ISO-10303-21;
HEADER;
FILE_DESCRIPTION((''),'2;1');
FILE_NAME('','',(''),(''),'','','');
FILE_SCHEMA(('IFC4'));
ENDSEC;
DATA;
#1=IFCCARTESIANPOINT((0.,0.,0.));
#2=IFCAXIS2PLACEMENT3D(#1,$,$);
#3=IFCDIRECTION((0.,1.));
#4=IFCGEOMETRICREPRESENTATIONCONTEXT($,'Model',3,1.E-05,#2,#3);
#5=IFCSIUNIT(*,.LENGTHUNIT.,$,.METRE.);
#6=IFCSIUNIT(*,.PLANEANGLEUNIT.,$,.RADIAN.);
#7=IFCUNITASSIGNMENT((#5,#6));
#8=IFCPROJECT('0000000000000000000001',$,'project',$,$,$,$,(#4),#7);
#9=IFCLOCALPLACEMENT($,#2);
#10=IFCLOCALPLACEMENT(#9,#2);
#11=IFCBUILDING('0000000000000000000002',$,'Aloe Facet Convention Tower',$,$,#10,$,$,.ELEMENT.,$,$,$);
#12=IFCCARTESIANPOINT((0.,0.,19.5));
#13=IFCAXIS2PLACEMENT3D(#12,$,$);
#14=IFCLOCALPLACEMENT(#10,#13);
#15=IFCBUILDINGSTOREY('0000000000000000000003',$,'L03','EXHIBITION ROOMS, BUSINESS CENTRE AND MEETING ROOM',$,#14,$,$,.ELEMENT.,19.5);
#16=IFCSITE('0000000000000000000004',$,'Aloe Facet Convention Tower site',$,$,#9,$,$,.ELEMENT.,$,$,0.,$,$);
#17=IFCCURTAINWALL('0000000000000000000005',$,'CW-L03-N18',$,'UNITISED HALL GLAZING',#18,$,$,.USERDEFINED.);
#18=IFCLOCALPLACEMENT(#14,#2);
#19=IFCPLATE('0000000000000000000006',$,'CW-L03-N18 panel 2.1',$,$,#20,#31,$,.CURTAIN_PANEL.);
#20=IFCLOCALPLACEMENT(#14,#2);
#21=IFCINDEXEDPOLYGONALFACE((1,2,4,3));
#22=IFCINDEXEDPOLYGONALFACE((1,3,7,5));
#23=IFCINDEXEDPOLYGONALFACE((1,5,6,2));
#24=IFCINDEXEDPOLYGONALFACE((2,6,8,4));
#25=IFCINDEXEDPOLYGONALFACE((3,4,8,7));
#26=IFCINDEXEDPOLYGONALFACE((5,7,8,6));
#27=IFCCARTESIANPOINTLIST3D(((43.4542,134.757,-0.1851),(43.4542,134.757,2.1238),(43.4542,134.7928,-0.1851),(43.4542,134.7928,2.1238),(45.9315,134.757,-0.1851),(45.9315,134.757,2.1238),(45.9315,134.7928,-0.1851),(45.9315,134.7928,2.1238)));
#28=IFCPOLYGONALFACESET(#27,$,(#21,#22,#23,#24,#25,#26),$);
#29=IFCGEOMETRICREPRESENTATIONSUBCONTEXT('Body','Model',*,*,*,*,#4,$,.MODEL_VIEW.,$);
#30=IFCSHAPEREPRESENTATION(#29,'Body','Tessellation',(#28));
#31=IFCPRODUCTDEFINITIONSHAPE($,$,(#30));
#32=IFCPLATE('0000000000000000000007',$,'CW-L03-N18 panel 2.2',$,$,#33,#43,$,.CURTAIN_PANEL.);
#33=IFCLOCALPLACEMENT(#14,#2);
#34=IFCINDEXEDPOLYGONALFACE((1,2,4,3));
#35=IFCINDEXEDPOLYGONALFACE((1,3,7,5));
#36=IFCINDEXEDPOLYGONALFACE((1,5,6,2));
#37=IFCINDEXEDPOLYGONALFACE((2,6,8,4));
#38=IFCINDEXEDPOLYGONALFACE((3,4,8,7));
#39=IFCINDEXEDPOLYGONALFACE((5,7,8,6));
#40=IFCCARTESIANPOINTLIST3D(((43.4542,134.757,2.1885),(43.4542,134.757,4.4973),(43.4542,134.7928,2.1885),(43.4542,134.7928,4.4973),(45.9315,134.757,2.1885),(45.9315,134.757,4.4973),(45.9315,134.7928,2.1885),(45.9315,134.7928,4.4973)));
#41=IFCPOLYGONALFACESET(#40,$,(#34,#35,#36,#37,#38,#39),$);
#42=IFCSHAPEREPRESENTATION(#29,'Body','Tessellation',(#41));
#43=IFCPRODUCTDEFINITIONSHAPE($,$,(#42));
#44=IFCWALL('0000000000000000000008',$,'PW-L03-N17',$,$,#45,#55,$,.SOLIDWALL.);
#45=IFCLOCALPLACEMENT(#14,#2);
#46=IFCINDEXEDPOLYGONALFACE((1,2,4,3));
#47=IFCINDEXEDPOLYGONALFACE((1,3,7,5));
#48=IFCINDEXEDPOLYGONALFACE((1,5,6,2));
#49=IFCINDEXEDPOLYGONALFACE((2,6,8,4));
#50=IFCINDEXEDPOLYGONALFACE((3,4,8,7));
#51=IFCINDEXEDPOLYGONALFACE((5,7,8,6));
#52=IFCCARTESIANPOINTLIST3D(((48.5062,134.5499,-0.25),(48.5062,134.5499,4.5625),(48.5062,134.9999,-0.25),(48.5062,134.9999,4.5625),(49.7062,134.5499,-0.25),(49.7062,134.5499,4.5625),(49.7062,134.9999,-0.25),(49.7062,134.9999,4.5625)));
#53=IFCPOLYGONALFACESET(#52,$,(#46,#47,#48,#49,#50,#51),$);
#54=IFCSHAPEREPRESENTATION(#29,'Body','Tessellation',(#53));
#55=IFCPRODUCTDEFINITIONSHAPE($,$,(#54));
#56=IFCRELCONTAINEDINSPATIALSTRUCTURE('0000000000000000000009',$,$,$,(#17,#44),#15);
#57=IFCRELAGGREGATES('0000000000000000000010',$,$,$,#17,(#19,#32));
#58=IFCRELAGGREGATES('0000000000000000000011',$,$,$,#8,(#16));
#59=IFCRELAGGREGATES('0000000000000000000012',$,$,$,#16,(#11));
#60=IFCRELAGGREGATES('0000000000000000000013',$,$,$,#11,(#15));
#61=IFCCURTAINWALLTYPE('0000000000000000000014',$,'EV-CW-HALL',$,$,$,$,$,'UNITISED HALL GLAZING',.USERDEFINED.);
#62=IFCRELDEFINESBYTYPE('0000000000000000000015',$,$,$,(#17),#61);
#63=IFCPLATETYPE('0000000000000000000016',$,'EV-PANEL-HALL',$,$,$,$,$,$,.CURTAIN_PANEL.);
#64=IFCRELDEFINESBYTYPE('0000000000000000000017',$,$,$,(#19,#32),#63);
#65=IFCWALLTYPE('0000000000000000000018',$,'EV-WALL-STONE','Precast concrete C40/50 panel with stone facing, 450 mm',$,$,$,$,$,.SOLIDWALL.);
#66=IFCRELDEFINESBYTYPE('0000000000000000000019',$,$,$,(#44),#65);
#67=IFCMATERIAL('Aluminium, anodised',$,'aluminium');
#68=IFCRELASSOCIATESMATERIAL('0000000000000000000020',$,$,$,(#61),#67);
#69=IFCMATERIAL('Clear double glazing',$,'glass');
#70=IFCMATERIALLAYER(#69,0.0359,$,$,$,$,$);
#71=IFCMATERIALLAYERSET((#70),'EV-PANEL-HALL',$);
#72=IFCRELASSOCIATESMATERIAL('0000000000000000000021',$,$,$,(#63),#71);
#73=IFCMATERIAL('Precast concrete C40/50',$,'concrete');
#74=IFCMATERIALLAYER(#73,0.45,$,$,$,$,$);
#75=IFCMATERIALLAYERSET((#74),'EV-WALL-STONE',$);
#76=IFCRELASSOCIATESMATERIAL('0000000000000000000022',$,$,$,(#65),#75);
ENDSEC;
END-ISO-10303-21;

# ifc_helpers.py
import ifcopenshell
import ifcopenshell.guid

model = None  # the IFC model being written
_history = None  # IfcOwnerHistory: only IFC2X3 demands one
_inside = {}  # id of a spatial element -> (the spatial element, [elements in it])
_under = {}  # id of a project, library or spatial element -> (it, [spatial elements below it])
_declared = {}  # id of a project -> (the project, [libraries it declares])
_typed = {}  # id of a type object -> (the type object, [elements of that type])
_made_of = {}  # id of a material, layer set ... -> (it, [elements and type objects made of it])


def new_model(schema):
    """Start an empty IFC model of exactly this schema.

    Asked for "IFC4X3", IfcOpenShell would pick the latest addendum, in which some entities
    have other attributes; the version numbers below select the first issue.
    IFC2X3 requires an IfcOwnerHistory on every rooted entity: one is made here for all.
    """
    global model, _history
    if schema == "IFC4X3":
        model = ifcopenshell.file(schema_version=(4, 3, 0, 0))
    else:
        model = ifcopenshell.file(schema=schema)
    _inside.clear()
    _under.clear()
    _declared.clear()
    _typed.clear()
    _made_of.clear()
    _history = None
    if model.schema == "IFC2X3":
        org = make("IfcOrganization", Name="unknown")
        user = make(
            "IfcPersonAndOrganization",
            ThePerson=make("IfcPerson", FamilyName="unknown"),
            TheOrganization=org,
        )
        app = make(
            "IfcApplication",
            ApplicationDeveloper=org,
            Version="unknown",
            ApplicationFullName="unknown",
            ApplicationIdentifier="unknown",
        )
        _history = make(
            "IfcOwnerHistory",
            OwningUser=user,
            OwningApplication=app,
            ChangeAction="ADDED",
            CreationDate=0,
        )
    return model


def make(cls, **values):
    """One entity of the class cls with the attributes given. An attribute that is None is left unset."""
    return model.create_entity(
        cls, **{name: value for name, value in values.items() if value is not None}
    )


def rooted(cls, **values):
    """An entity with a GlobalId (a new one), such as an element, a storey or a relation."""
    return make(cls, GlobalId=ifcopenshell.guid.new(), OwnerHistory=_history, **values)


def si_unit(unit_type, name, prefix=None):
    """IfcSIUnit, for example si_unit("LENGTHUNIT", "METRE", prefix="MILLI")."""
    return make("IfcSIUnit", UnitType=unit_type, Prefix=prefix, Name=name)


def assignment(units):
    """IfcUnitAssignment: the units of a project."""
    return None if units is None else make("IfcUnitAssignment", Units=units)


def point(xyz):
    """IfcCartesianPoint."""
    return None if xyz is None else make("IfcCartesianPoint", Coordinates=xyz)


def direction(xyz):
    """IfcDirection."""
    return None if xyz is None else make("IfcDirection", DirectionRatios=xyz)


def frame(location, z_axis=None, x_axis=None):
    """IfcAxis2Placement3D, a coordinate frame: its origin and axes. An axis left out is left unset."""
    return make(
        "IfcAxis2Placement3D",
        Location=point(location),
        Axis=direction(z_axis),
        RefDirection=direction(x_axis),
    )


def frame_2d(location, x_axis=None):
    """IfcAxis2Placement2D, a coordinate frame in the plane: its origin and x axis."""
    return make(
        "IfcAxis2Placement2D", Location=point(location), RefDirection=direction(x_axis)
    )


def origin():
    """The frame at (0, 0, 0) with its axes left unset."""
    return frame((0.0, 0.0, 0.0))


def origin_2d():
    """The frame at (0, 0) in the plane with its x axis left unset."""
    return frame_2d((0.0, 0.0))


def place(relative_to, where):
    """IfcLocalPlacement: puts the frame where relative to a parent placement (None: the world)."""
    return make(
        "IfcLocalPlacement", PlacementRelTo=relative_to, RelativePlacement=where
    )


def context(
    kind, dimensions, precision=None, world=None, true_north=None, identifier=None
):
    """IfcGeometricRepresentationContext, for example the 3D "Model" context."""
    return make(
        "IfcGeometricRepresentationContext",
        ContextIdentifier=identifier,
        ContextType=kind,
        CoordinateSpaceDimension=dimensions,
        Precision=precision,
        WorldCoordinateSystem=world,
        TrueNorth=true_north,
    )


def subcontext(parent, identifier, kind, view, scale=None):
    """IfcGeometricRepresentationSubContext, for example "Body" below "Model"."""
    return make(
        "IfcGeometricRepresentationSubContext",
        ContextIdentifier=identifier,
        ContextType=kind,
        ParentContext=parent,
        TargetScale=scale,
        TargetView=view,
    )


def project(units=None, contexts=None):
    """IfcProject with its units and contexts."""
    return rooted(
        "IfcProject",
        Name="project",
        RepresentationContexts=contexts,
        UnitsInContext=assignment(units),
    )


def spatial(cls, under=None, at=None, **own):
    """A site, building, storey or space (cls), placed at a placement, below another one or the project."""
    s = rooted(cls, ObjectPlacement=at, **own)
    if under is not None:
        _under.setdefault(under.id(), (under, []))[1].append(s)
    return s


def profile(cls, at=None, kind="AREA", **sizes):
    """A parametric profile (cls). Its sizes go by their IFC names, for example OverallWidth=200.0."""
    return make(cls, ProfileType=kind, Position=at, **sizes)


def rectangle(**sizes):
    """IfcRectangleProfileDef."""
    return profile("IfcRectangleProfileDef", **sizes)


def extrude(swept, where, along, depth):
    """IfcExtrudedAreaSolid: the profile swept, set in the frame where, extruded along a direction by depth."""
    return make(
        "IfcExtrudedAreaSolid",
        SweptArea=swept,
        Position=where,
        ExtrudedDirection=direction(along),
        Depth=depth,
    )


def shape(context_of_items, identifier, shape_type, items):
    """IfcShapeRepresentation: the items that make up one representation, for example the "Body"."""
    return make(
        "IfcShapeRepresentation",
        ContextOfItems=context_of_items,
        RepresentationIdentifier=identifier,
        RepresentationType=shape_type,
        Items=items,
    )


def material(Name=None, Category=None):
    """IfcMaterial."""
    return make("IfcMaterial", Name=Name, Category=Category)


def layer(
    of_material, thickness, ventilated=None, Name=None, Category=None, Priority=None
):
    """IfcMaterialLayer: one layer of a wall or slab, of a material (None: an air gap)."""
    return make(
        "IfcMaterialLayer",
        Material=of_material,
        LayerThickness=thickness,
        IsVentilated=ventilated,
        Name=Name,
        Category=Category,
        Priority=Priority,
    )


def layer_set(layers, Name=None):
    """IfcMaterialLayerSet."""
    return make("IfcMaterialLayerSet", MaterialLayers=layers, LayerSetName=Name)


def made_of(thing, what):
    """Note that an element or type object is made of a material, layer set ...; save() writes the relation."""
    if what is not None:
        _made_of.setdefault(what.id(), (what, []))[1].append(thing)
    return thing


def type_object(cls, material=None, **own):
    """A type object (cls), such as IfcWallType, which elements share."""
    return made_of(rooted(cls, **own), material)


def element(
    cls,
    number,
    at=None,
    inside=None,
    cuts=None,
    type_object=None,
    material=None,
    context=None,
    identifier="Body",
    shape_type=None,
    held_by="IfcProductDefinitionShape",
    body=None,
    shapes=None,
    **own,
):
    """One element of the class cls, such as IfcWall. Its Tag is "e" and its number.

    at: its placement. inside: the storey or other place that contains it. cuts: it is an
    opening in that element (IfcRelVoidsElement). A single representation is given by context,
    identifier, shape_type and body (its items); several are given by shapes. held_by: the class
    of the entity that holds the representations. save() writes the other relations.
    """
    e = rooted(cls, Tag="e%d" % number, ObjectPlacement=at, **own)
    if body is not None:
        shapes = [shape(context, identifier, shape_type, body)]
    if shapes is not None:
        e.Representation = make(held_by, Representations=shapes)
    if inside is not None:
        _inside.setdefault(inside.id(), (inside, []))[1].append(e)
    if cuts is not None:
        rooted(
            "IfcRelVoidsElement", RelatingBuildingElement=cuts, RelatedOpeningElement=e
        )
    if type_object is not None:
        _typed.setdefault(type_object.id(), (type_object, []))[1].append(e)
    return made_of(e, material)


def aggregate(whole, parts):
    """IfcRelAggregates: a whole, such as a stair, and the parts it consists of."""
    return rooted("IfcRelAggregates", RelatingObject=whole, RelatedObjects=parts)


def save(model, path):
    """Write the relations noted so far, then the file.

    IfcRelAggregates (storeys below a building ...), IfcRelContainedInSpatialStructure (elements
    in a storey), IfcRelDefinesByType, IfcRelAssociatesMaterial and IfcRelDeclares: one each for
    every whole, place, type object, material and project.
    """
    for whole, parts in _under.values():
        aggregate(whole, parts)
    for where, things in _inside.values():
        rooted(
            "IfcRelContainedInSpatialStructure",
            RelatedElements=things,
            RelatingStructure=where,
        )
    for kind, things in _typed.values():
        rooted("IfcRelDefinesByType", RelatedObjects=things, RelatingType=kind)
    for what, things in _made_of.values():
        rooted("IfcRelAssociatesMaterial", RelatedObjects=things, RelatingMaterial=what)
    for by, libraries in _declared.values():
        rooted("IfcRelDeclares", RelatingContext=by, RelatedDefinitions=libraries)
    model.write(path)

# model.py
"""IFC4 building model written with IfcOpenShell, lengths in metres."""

from ifc_helpers import new_model, si_unit, direction, frame, frame_2d, origin, origin_2d, place, context, subcontext, project, spatial, rectangle, extrude, material, layer, layer_set, type_object, element, aggregate, save


model = new_model("IFC4")

# Units and contexts
model_context = context("Model", 3, precision=1e-05, world=origin(), true_north=direction((0.0, 1.0)))
body_context = subcontext(model_context, "Body", "Model", "MODEL_VIEW")
ifc_project = project(units=[si_unit("LENGTHUNIT", "METRE"), si_unit("PLANEANGLEUNIT", "RADIAN")], contexts=[model_context])

# Site, building, storey
site_placement = place(None, origin())
site = spatial("IfcSite", under=ifc_project, at=site_placement, Name="Aloe Facet Convention Tower site", CompositionType="ELEMENT", RefElevation=0.0)
building_placement = place(site_placement, origin())
building = spatial("IfcBuilding", under=site, at=building_placement, Name="Aloe Facet Convention Tower", CompositionType="ELEMENT")
storey_placement = place(building_placement, frame((0.0, 0.0, 19.5)))
storey = spatial("IfcBuildingStorey", under=building, at=storey_placement, Name="L03", Description="EXHIBITION ROOMS, BUSINESS CENTRE AND MEETING ROOM", CompositionType="ELEMENT", Elevation=19.5)

# Shared definitions
ifc_material_1 = material(Name="Aluminium, anodised", Category="aluminium")
curtain_wall_type = type_object("IfcCurtainWallType", Name="EV-CW-HALL", ElementType="UNITISED HALL GLAZING", PredefinedType="USERDEFINED", material=ifc_material_1)

# Curtain wall
curtain_wall_1_placement = place(storey_placement, origin())
curtain_wall_1 = element("IfcCurtainWall", 1, at=curtain_wall_1_placement, inside=storey, type_object=curtain_wall_type, Name="CW-L03-N18", ObjectType="UNITISED HALL GLAZING", PredefinedType="USERDEFINED")

# Plates
ifc_material_2 = material(Name="Clear double glazing", Category="glass")
ifc_layer_1 = layer(ifc_material_2, 0.0359)
ifc_layer_set_1 = layer_set([ifc_layer_1], Name="EV-PANEL-HALL")
plate_type = type_object("IfcPlateType", Name="EV-PANEL-HALL", PredefinedType="CURTAIN_PANEL", material=ifc_layer_set_1)
plate_1_placement = place(storey_placement, frame((44.6929, 134.7749, -0.1851), z_axis=(0.0, 0.0, 1.0), x_axis=(-1.0, 0.0, 0.0)))
plate_1 = element("IfcPlate", 2, at=plate_1_placement, type_object=plate_type, Name="CW-L03-N18 panel 2.1", PredefinedType="CURTAIN_PANEL", context=body_context, shape_type="SweptSolid", body=[
    extrude(rectangle(XDim=2.4773, YDim=0.0359, at=origin_2d()), origin(), (0.0, 0.0, 1.0), 2.3088),
])
plate_2_placement = place(storey_placement, frame((44.6929, 134.7749, 2.1885), z_axis=(0.0, 0.0, 1.0), x_axis=(-1.0, 0.0, 0.0)))
plate_2 = element("IfcPlate", 3, at=plate_2_placement, type_object=plate_type, Name="CW-L03-N18 panel 2.2", PredefinedType="CURTAIN_PANEL", context=body_context, shape_type="SweptSolid", body=[
    extrude(rectangle(XDim=2.4773, YDim=0.0359, at=origin_2d()), origin(), (0.0, 0.0, 1.0), 2.3088),
])
aggregate(curtain_wall_1, [plate_1, plate_2])

# Wall
ifc_material_3 = material(Name="Precast concrete C40/50", Category="concrete")
ifc_layer_2 = layer(ifc_material_3, 0.45)
ifc_layer_set_2 = layer_set([ifc_layer_2], Name="EV-WALL-STONE")
wall_type = type_object("IfcWallType", Name="EV-WALL-STONE", Description="Precast concrete C40/50 panel with stone facing, 450 mm", PredefinedType="SOLIDWALL", material=ifc_layer_set_2)
wall_placement = place(storey_placement, frame((49.7063, 134.7749, -0.25), z_axis=(0.0, 0.0, 1.0), x_axis=(-1.0, 0.0, 0.0)))
element("IfcWall", 4, at=wall_placement, inside=storey, type_object=wall_type, Name="PW-L03-N17", PredefinedType="SOLIDWALL", context=body_context, shape_type="SweptSolid", body=[
    extrude(rectangle(XDim=1.2, YDim=0.45, at=frame_2d((0.6001, 0.0))), origin(), (0.0, 0.0, 1.0), 4.8125),
])

save(model, "model.ifc")
